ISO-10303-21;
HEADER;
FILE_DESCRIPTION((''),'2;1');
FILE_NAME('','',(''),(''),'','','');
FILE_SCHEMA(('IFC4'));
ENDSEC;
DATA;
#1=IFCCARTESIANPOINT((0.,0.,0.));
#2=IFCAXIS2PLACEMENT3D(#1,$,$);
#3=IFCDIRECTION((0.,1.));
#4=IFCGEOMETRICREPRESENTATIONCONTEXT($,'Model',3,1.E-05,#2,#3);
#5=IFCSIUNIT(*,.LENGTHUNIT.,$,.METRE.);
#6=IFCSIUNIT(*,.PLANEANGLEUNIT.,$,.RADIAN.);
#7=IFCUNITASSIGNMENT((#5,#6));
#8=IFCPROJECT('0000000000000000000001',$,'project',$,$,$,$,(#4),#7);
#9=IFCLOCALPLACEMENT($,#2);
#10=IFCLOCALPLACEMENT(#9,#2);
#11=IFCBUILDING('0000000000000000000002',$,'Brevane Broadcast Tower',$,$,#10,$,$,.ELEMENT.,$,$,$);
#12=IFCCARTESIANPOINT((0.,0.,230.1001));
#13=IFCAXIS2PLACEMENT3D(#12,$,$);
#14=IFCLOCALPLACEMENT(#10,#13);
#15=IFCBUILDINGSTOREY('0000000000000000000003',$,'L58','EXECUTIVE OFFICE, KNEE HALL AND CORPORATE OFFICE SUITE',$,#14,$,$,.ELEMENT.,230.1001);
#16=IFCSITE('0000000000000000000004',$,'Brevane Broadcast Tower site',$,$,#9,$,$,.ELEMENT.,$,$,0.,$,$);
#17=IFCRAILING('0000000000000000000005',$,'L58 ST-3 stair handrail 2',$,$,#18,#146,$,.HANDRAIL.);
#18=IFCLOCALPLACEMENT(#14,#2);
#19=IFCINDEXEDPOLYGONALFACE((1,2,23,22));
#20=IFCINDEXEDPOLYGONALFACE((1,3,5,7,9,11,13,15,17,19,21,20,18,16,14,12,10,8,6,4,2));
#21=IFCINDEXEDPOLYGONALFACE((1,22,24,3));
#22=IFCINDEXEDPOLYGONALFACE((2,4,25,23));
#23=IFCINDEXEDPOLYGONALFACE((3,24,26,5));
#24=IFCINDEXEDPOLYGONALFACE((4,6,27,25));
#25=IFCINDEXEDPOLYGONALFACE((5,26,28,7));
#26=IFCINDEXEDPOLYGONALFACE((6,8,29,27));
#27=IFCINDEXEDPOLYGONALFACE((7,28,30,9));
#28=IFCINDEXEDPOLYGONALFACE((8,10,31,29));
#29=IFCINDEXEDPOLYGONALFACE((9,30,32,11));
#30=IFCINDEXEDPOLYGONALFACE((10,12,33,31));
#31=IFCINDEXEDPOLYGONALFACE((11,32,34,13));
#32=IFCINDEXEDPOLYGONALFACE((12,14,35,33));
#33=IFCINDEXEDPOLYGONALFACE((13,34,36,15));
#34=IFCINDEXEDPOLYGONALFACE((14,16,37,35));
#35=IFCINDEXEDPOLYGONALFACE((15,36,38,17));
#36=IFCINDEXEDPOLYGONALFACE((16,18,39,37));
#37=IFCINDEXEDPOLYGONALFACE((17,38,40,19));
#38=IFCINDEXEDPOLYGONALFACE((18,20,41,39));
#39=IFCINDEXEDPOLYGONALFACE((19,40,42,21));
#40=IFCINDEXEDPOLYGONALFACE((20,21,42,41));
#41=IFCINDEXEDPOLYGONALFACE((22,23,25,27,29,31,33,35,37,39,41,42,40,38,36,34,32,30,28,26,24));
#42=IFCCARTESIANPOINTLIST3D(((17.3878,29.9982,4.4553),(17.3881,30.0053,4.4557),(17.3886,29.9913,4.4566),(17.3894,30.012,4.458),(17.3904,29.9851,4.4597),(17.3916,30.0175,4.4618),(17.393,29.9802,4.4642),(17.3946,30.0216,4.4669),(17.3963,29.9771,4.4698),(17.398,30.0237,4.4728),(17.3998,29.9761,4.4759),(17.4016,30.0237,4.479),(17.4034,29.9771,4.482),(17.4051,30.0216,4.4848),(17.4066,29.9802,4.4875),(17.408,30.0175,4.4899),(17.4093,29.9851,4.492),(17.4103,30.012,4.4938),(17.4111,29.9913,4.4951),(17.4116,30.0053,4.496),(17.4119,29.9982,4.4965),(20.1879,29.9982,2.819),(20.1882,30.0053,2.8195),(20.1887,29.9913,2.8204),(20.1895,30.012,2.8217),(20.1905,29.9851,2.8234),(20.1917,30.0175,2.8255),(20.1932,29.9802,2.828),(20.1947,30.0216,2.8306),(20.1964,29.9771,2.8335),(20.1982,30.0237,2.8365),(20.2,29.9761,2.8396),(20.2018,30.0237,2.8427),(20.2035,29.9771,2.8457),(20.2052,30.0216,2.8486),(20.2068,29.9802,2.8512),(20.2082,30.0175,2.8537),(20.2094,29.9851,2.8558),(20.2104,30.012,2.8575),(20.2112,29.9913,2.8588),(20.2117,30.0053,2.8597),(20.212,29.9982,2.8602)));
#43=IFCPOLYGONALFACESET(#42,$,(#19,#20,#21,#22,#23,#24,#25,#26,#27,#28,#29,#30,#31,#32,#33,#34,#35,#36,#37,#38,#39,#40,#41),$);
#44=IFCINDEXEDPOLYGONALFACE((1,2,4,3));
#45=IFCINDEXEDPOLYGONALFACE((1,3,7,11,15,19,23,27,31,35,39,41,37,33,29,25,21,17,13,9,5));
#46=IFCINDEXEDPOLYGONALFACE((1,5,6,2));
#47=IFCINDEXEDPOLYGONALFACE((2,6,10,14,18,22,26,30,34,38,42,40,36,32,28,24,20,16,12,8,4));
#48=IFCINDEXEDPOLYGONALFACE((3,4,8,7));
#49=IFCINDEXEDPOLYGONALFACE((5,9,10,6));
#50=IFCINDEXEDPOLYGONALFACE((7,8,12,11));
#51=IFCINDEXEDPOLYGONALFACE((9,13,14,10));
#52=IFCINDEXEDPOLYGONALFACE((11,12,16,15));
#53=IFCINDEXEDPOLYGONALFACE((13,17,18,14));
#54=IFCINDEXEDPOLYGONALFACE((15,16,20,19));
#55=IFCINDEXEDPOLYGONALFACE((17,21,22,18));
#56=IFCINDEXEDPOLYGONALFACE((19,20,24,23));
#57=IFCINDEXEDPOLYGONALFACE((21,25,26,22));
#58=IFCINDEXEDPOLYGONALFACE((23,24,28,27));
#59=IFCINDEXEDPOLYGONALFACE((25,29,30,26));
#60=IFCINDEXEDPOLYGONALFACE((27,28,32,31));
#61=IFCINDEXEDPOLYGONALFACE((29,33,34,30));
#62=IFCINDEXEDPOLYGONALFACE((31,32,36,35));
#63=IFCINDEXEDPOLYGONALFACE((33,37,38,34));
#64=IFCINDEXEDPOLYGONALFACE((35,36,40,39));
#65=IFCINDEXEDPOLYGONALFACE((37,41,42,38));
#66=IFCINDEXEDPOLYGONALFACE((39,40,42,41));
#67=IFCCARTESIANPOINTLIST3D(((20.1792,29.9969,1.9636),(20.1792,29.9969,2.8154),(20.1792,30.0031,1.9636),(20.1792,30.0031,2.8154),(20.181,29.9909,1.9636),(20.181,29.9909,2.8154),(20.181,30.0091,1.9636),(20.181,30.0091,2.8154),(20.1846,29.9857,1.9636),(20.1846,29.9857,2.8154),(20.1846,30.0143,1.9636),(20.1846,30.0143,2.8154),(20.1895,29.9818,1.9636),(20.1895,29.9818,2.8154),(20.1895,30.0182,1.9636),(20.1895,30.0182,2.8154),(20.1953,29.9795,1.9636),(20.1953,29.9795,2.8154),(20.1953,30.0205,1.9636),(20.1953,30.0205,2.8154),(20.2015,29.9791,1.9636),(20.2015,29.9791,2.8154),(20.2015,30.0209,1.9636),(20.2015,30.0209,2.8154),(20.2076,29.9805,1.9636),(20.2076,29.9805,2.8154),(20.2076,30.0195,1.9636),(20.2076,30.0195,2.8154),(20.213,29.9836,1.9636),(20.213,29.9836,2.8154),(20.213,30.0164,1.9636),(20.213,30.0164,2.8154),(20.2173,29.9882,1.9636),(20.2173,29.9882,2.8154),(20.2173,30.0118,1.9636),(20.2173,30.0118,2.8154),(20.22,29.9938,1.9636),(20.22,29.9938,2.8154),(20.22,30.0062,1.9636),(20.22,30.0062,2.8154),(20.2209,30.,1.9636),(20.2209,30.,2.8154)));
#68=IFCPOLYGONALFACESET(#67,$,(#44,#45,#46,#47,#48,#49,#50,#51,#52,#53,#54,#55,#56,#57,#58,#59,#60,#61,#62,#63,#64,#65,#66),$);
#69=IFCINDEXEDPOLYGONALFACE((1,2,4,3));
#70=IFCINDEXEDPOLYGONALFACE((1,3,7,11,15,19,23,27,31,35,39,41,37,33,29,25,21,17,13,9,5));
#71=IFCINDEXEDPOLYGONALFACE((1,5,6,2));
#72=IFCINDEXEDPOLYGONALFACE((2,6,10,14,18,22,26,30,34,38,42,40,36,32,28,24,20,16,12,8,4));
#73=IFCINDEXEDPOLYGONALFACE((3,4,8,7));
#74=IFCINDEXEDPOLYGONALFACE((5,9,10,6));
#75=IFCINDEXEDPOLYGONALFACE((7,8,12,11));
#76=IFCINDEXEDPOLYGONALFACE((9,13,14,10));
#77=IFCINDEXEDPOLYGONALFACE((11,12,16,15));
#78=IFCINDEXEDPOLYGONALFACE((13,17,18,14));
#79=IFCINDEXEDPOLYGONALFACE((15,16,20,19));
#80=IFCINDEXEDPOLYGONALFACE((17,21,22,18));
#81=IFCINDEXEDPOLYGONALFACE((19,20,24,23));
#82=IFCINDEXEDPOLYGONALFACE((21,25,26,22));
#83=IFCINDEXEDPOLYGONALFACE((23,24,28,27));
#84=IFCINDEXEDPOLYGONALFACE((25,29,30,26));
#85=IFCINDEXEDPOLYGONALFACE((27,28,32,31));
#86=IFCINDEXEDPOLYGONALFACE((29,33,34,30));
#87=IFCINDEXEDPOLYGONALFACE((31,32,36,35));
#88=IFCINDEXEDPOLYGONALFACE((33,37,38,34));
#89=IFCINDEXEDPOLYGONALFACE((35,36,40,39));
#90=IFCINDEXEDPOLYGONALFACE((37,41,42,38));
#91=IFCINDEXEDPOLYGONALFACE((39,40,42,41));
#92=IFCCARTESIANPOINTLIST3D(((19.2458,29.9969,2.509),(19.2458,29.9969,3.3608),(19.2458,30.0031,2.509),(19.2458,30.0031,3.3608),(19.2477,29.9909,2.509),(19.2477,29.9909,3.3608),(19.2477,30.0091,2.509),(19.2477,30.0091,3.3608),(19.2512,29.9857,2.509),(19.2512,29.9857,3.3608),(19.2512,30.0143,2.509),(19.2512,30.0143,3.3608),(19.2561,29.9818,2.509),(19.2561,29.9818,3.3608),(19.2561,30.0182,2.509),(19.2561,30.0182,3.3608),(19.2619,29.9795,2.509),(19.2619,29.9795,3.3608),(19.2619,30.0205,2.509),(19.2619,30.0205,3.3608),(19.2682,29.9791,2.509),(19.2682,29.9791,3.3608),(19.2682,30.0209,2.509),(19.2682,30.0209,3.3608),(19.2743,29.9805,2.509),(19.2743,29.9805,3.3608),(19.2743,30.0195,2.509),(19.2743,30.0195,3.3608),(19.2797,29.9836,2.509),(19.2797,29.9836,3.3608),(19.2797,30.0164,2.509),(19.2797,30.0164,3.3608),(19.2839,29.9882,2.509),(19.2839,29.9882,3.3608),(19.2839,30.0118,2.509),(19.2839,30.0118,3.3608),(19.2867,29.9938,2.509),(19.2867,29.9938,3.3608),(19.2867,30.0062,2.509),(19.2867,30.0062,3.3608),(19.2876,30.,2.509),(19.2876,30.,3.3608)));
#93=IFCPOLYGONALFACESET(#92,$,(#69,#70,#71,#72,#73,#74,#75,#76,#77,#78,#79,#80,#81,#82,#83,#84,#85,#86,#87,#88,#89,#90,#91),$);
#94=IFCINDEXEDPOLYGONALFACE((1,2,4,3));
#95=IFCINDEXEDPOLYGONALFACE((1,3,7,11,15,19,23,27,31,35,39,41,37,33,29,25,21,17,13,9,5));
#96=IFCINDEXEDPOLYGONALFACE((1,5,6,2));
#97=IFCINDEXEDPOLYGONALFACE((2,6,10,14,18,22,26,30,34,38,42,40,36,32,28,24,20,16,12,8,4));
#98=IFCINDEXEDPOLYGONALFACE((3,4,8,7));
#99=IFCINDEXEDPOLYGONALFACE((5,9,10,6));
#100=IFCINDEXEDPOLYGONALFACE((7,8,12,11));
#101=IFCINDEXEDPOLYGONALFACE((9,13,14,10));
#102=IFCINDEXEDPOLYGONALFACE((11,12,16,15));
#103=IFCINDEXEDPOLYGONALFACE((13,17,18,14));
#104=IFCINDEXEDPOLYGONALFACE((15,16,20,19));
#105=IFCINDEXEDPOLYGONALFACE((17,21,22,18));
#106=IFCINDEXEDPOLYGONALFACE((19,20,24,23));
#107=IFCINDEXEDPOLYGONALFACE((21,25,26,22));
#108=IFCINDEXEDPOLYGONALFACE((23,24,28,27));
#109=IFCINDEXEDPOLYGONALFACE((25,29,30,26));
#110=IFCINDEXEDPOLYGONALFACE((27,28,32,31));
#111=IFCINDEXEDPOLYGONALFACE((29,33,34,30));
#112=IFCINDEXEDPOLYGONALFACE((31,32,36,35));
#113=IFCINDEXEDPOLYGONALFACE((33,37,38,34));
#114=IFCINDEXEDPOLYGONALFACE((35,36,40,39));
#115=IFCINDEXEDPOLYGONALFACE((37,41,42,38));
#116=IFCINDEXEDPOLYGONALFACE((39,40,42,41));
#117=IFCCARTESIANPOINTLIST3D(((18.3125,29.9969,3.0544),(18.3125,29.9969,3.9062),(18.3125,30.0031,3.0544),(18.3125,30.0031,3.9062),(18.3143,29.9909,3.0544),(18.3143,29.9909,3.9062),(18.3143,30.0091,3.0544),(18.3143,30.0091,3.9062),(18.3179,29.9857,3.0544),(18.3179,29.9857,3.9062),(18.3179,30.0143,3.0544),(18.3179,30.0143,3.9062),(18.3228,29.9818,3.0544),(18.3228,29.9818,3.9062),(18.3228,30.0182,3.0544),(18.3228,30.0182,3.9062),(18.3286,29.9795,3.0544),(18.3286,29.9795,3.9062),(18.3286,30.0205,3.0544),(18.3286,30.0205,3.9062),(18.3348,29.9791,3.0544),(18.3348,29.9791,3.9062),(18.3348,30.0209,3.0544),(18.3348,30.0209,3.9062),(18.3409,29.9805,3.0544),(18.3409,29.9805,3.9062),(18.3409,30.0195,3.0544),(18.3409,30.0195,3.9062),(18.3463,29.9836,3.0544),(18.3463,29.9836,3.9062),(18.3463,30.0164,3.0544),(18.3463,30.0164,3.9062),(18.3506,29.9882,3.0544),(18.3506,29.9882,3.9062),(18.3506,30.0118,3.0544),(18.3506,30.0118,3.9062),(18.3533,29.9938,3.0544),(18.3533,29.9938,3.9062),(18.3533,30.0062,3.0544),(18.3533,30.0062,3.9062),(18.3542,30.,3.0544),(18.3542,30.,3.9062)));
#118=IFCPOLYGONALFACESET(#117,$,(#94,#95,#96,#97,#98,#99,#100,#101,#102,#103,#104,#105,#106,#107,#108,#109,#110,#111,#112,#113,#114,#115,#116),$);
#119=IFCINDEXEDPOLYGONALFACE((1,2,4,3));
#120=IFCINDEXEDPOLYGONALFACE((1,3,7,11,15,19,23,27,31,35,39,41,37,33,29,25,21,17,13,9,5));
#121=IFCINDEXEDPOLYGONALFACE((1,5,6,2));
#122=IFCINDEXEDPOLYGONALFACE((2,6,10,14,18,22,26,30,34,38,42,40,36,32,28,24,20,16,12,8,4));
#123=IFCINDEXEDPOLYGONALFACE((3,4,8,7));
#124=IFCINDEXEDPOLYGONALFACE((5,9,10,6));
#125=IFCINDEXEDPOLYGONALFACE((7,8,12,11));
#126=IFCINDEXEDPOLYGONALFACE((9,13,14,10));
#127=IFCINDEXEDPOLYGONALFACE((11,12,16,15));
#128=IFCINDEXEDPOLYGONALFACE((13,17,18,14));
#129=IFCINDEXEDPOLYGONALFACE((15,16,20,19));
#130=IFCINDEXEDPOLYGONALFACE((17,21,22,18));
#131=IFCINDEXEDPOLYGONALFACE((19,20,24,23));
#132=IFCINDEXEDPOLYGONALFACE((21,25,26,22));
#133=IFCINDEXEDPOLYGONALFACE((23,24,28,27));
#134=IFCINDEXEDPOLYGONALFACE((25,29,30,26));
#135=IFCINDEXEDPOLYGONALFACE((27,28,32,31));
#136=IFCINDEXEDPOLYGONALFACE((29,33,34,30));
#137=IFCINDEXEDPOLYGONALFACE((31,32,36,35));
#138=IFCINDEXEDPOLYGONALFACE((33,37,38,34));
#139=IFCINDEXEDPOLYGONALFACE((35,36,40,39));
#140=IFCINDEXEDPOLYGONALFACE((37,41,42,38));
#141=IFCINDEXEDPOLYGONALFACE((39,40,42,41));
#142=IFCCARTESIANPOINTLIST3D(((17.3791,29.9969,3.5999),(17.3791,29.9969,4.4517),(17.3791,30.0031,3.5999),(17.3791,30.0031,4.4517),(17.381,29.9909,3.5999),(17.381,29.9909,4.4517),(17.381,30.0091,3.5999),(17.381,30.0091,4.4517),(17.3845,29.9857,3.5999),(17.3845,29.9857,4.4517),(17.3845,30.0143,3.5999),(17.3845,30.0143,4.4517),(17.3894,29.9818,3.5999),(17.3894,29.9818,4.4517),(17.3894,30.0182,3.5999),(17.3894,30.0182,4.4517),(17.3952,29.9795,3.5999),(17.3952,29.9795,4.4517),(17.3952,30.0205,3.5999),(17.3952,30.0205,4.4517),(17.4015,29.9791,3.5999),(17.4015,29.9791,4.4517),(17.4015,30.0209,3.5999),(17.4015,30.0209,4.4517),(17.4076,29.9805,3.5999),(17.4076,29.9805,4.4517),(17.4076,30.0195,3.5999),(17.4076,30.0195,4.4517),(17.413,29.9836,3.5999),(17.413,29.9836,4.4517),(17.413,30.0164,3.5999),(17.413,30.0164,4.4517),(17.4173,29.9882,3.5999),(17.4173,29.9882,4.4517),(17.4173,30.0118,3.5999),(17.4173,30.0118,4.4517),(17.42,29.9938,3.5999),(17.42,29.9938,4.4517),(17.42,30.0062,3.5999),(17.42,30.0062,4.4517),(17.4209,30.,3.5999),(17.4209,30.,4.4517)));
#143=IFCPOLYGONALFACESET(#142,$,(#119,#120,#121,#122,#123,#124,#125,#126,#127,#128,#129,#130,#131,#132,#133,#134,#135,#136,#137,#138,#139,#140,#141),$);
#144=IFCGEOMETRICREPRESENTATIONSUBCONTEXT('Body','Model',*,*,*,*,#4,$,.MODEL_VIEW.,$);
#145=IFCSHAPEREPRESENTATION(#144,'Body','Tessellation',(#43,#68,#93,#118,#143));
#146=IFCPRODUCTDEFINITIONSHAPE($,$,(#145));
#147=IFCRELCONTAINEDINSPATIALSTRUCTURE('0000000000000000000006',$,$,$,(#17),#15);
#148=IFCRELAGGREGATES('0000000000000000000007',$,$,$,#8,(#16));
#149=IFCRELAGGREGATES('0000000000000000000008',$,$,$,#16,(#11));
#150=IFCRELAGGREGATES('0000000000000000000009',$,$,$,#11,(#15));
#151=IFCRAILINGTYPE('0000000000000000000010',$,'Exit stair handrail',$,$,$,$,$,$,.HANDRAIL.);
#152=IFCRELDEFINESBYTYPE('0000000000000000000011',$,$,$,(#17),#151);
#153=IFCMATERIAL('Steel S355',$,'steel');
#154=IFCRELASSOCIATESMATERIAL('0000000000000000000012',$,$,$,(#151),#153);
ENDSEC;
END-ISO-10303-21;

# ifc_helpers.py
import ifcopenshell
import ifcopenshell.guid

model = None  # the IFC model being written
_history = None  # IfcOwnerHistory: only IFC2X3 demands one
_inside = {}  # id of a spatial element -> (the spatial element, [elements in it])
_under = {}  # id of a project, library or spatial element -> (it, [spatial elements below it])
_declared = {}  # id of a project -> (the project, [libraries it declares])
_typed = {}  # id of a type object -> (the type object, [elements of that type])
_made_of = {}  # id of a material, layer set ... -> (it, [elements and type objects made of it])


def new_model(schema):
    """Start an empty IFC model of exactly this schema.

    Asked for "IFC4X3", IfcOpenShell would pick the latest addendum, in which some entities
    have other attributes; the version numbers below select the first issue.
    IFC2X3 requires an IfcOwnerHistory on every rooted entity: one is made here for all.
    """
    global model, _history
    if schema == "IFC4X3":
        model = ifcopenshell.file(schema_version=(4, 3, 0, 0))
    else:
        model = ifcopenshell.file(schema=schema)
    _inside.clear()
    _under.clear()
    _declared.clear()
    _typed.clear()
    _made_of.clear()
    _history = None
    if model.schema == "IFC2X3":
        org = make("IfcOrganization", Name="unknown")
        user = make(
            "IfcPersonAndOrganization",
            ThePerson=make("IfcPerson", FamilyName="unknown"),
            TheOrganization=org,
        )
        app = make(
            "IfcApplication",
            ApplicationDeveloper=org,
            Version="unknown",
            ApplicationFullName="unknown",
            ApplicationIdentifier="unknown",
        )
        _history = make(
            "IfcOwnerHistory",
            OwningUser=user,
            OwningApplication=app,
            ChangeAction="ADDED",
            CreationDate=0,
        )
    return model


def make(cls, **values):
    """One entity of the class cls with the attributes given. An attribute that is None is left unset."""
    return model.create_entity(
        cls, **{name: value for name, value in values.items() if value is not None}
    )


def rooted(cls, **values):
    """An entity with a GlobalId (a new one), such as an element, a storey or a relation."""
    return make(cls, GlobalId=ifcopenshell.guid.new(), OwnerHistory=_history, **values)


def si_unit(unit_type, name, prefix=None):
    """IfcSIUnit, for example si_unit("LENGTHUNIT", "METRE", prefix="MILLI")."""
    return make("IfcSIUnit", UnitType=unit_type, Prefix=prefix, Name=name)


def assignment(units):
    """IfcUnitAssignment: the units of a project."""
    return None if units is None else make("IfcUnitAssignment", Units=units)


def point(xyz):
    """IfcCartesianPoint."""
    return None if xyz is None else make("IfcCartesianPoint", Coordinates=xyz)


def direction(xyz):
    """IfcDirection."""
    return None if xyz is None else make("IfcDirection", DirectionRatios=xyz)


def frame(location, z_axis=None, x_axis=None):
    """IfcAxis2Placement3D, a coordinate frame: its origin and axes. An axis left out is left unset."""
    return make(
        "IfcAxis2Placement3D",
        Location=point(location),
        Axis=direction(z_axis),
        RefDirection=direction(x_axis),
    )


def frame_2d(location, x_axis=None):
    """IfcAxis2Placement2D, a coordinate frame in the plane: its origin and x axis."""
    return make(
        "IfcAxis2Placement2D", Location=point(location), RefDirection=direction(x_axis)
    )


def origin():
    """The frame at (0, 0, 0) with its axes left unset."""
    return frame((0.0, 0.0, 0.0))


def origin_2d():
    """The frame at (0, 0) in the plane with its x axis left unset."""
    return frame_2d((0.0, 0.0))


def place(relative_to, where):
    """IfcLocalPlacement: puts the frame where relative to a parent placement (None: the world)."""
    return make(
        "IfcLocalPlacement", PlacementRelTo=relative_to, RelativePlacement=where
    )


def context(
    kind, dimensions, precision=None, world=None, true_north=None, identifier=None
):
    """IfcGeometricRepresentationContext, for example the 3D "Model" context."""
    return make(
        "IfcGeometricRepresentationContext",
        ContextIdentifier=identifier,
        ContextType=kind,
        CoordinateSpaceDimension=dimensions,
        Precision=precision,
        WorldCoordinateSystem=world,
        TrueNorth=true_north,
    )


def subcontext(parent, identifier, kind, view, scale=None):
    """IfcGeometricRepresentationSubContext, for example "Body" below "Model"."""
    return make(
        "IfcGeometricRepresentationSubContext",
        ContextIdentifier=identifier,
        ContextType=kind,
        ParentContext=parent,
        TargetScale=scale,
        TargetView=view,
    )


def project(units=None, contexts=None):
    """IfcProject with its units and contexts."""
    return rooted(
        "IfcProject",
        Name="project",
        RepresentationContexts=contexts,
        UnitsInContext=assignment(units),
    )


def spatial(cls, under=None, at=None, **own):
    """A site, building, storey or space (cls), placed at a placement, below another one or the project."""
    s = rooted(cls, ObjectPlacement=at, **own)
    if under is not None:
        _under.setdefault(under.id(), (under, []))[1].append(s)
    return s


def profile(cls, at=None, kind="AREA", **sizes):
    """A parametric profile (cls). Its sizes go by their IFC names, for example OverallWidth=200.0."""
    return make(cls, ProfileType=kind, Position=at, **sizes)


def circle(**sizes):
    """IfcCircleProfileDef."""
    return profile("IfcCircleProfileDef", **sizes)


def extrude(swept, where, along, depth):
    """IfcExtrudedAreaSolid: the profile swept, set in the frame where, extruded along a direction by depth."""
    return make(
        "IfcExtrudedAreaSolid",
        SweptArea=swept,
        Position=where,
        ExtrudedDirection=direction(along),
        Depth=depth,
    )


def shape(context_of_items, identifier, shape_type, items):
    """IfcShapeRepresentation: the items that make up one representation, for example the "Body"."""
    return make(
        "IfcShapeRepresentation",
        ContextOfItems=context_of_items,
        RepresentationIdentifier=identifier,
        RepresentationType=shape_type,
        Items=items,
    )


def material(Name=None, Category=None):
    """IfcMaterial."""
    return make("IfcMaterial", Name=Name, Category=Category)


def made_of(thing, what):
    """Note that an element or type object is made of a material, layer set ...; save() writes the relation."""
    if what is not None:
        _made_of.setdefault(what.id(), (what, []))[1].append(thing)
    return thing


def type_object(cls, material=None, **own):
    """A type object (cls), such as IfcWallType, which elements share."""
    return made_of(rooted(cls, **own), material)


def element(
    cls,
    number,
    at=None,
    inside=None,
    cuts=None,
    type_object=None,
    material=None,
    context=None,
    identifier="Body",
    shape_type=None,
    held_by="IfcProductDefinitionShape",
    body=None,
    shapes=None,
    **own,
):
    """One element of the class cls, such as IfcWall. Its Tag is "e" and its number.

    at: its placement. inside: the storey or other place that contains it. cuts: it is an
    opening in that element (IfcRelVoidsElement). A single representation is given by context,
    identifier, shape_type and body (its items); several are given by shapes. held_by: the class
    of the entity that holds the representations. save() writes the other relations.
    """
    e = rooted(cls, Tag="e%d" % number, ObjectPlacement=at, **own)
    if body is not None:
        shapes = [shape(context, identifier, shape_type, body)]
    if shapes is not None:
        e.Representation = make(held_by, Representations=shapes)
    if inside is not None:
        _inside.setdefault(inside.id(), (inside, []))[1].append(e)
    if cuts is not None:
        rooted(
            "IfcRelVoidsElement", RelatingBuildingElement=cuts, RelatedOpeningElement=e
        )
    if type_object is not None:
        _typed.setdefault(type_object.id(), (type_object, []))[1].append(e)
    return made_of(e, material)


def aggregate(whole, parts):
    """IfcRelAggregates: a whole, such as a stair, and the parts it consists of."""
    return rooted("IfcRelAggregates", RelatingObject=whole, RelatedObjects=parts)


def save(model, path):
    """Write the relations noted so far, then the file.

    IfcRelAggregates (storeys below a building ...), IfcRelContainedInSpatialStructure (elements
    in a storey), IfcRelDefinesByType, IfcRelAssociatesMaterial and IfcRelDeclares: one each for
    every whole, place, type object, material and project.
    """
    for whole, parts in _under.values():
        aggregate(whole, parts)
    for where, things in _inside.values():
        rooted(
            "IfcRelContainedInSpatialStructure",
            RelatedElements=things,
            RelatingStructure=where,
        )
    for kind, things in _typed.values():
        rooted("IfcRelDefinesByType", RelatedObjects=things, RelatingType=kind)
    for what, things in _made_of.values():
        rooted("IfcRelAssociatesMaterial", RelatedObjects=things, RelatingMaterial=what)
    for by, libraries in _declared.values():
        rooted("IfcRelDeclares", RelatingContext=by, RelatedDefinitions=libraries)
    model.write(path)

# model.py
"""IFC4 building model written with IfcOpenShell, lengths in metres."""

from ifc_helpers import new_model, si_unit, direction, frame, origin, origin_2d, place, context, subcontext, project, spatial, circle, extrude, material, type_object, element, save


model = new_model("IFC4")

# Units and contexts
model_context = context("Model", 3, precision=1e-05, world=origin(), true_north=direction((0.0, 1.0)))
body_context = subcontext(model_context, "Body", "Model", "MODEL_VIEW")
ifc_project = project(units=[si_unit("LENGTHUNIT", "METRE"), si_unit("PLANEANGLEUNIT", "RADIAN")], contexts=[model_context])

# Site, building, storey
site_placement = place(None, origin())
site = spatial("IfcSite", under=ifc_project, at=site_placement, Name="Brevane Broadcast Tower site", CompositionType="ELEMENT", RefElevation=0.0)
building_placement = place(site_placement, origin())
building = spatial("IfcBuilding", under=site, at=building_placement, Name="Brevane Broadcast Tower", CompositionType="ELEMENT")
storey_placement = place(building_placement, frame((0.0, 0.0, 230.1001)))
storey = spatial("IfcBuildingStorey", under=building, at=storey_placement, Name="L58", Description="EXECUTIVE OFFICE, KNEE HALL AND CORPORATE OFFICE SUITE", CompositionType="ELEMENT", Elevation=230.1001)

# Railing
ifc_material_1 = material(Name="Steel S355", Category="steel")
railing_type_1 = type_object("IfcRailingType", Name="Exit stair handrail", PredefinedType="HANDRAIL", material=ifc_material_1)
railing_1_placement = place(storey_placement, frame((20.2, 30.0, 1.9636)))
element("IfcRailing", 1, at=railing_1_placement, inside=storey, type_object=railing_type_1, Name="L58 ST-3 stair handrail 2", PredefinedType="HANDRAIL", context=body_context, shape_type="SweptSolid", body=[
    extrude(circle(Radius=0.0239, at=origin_2d()), frame((0.0, 0.0, 0.876), z_axis=(-0.863394, 0.0, 0.504531), x_axis=(0.0, -1.0, 0.0)), (0.0, 0.0, 1.0), 3.2432),
    extrude(circle(Radius=0.021, at=origin_2d()), origin(), (0.0, 0.0, 1.0), 0.8518),
    extrude(circle(Radius=0.021, at=origin_2d()), frame((-0.9333, 0.0, 0.5454)), (0.0, 0.0, 1.0), 0.8518),
    extrude(circle(Radius=0.021, at=origin_2d()), frame((-1.8667, 0.0, 1.0908)), (0.0, 0.0, 1.0), 0.8518),
    extrude(circle(Radius=0.021, at=origin_2d()), frame((-2.8, 0.0, 1.6362)), (0.0, 0.0, 1.0), 0.8518),
])

save(model, "model.ifc")
